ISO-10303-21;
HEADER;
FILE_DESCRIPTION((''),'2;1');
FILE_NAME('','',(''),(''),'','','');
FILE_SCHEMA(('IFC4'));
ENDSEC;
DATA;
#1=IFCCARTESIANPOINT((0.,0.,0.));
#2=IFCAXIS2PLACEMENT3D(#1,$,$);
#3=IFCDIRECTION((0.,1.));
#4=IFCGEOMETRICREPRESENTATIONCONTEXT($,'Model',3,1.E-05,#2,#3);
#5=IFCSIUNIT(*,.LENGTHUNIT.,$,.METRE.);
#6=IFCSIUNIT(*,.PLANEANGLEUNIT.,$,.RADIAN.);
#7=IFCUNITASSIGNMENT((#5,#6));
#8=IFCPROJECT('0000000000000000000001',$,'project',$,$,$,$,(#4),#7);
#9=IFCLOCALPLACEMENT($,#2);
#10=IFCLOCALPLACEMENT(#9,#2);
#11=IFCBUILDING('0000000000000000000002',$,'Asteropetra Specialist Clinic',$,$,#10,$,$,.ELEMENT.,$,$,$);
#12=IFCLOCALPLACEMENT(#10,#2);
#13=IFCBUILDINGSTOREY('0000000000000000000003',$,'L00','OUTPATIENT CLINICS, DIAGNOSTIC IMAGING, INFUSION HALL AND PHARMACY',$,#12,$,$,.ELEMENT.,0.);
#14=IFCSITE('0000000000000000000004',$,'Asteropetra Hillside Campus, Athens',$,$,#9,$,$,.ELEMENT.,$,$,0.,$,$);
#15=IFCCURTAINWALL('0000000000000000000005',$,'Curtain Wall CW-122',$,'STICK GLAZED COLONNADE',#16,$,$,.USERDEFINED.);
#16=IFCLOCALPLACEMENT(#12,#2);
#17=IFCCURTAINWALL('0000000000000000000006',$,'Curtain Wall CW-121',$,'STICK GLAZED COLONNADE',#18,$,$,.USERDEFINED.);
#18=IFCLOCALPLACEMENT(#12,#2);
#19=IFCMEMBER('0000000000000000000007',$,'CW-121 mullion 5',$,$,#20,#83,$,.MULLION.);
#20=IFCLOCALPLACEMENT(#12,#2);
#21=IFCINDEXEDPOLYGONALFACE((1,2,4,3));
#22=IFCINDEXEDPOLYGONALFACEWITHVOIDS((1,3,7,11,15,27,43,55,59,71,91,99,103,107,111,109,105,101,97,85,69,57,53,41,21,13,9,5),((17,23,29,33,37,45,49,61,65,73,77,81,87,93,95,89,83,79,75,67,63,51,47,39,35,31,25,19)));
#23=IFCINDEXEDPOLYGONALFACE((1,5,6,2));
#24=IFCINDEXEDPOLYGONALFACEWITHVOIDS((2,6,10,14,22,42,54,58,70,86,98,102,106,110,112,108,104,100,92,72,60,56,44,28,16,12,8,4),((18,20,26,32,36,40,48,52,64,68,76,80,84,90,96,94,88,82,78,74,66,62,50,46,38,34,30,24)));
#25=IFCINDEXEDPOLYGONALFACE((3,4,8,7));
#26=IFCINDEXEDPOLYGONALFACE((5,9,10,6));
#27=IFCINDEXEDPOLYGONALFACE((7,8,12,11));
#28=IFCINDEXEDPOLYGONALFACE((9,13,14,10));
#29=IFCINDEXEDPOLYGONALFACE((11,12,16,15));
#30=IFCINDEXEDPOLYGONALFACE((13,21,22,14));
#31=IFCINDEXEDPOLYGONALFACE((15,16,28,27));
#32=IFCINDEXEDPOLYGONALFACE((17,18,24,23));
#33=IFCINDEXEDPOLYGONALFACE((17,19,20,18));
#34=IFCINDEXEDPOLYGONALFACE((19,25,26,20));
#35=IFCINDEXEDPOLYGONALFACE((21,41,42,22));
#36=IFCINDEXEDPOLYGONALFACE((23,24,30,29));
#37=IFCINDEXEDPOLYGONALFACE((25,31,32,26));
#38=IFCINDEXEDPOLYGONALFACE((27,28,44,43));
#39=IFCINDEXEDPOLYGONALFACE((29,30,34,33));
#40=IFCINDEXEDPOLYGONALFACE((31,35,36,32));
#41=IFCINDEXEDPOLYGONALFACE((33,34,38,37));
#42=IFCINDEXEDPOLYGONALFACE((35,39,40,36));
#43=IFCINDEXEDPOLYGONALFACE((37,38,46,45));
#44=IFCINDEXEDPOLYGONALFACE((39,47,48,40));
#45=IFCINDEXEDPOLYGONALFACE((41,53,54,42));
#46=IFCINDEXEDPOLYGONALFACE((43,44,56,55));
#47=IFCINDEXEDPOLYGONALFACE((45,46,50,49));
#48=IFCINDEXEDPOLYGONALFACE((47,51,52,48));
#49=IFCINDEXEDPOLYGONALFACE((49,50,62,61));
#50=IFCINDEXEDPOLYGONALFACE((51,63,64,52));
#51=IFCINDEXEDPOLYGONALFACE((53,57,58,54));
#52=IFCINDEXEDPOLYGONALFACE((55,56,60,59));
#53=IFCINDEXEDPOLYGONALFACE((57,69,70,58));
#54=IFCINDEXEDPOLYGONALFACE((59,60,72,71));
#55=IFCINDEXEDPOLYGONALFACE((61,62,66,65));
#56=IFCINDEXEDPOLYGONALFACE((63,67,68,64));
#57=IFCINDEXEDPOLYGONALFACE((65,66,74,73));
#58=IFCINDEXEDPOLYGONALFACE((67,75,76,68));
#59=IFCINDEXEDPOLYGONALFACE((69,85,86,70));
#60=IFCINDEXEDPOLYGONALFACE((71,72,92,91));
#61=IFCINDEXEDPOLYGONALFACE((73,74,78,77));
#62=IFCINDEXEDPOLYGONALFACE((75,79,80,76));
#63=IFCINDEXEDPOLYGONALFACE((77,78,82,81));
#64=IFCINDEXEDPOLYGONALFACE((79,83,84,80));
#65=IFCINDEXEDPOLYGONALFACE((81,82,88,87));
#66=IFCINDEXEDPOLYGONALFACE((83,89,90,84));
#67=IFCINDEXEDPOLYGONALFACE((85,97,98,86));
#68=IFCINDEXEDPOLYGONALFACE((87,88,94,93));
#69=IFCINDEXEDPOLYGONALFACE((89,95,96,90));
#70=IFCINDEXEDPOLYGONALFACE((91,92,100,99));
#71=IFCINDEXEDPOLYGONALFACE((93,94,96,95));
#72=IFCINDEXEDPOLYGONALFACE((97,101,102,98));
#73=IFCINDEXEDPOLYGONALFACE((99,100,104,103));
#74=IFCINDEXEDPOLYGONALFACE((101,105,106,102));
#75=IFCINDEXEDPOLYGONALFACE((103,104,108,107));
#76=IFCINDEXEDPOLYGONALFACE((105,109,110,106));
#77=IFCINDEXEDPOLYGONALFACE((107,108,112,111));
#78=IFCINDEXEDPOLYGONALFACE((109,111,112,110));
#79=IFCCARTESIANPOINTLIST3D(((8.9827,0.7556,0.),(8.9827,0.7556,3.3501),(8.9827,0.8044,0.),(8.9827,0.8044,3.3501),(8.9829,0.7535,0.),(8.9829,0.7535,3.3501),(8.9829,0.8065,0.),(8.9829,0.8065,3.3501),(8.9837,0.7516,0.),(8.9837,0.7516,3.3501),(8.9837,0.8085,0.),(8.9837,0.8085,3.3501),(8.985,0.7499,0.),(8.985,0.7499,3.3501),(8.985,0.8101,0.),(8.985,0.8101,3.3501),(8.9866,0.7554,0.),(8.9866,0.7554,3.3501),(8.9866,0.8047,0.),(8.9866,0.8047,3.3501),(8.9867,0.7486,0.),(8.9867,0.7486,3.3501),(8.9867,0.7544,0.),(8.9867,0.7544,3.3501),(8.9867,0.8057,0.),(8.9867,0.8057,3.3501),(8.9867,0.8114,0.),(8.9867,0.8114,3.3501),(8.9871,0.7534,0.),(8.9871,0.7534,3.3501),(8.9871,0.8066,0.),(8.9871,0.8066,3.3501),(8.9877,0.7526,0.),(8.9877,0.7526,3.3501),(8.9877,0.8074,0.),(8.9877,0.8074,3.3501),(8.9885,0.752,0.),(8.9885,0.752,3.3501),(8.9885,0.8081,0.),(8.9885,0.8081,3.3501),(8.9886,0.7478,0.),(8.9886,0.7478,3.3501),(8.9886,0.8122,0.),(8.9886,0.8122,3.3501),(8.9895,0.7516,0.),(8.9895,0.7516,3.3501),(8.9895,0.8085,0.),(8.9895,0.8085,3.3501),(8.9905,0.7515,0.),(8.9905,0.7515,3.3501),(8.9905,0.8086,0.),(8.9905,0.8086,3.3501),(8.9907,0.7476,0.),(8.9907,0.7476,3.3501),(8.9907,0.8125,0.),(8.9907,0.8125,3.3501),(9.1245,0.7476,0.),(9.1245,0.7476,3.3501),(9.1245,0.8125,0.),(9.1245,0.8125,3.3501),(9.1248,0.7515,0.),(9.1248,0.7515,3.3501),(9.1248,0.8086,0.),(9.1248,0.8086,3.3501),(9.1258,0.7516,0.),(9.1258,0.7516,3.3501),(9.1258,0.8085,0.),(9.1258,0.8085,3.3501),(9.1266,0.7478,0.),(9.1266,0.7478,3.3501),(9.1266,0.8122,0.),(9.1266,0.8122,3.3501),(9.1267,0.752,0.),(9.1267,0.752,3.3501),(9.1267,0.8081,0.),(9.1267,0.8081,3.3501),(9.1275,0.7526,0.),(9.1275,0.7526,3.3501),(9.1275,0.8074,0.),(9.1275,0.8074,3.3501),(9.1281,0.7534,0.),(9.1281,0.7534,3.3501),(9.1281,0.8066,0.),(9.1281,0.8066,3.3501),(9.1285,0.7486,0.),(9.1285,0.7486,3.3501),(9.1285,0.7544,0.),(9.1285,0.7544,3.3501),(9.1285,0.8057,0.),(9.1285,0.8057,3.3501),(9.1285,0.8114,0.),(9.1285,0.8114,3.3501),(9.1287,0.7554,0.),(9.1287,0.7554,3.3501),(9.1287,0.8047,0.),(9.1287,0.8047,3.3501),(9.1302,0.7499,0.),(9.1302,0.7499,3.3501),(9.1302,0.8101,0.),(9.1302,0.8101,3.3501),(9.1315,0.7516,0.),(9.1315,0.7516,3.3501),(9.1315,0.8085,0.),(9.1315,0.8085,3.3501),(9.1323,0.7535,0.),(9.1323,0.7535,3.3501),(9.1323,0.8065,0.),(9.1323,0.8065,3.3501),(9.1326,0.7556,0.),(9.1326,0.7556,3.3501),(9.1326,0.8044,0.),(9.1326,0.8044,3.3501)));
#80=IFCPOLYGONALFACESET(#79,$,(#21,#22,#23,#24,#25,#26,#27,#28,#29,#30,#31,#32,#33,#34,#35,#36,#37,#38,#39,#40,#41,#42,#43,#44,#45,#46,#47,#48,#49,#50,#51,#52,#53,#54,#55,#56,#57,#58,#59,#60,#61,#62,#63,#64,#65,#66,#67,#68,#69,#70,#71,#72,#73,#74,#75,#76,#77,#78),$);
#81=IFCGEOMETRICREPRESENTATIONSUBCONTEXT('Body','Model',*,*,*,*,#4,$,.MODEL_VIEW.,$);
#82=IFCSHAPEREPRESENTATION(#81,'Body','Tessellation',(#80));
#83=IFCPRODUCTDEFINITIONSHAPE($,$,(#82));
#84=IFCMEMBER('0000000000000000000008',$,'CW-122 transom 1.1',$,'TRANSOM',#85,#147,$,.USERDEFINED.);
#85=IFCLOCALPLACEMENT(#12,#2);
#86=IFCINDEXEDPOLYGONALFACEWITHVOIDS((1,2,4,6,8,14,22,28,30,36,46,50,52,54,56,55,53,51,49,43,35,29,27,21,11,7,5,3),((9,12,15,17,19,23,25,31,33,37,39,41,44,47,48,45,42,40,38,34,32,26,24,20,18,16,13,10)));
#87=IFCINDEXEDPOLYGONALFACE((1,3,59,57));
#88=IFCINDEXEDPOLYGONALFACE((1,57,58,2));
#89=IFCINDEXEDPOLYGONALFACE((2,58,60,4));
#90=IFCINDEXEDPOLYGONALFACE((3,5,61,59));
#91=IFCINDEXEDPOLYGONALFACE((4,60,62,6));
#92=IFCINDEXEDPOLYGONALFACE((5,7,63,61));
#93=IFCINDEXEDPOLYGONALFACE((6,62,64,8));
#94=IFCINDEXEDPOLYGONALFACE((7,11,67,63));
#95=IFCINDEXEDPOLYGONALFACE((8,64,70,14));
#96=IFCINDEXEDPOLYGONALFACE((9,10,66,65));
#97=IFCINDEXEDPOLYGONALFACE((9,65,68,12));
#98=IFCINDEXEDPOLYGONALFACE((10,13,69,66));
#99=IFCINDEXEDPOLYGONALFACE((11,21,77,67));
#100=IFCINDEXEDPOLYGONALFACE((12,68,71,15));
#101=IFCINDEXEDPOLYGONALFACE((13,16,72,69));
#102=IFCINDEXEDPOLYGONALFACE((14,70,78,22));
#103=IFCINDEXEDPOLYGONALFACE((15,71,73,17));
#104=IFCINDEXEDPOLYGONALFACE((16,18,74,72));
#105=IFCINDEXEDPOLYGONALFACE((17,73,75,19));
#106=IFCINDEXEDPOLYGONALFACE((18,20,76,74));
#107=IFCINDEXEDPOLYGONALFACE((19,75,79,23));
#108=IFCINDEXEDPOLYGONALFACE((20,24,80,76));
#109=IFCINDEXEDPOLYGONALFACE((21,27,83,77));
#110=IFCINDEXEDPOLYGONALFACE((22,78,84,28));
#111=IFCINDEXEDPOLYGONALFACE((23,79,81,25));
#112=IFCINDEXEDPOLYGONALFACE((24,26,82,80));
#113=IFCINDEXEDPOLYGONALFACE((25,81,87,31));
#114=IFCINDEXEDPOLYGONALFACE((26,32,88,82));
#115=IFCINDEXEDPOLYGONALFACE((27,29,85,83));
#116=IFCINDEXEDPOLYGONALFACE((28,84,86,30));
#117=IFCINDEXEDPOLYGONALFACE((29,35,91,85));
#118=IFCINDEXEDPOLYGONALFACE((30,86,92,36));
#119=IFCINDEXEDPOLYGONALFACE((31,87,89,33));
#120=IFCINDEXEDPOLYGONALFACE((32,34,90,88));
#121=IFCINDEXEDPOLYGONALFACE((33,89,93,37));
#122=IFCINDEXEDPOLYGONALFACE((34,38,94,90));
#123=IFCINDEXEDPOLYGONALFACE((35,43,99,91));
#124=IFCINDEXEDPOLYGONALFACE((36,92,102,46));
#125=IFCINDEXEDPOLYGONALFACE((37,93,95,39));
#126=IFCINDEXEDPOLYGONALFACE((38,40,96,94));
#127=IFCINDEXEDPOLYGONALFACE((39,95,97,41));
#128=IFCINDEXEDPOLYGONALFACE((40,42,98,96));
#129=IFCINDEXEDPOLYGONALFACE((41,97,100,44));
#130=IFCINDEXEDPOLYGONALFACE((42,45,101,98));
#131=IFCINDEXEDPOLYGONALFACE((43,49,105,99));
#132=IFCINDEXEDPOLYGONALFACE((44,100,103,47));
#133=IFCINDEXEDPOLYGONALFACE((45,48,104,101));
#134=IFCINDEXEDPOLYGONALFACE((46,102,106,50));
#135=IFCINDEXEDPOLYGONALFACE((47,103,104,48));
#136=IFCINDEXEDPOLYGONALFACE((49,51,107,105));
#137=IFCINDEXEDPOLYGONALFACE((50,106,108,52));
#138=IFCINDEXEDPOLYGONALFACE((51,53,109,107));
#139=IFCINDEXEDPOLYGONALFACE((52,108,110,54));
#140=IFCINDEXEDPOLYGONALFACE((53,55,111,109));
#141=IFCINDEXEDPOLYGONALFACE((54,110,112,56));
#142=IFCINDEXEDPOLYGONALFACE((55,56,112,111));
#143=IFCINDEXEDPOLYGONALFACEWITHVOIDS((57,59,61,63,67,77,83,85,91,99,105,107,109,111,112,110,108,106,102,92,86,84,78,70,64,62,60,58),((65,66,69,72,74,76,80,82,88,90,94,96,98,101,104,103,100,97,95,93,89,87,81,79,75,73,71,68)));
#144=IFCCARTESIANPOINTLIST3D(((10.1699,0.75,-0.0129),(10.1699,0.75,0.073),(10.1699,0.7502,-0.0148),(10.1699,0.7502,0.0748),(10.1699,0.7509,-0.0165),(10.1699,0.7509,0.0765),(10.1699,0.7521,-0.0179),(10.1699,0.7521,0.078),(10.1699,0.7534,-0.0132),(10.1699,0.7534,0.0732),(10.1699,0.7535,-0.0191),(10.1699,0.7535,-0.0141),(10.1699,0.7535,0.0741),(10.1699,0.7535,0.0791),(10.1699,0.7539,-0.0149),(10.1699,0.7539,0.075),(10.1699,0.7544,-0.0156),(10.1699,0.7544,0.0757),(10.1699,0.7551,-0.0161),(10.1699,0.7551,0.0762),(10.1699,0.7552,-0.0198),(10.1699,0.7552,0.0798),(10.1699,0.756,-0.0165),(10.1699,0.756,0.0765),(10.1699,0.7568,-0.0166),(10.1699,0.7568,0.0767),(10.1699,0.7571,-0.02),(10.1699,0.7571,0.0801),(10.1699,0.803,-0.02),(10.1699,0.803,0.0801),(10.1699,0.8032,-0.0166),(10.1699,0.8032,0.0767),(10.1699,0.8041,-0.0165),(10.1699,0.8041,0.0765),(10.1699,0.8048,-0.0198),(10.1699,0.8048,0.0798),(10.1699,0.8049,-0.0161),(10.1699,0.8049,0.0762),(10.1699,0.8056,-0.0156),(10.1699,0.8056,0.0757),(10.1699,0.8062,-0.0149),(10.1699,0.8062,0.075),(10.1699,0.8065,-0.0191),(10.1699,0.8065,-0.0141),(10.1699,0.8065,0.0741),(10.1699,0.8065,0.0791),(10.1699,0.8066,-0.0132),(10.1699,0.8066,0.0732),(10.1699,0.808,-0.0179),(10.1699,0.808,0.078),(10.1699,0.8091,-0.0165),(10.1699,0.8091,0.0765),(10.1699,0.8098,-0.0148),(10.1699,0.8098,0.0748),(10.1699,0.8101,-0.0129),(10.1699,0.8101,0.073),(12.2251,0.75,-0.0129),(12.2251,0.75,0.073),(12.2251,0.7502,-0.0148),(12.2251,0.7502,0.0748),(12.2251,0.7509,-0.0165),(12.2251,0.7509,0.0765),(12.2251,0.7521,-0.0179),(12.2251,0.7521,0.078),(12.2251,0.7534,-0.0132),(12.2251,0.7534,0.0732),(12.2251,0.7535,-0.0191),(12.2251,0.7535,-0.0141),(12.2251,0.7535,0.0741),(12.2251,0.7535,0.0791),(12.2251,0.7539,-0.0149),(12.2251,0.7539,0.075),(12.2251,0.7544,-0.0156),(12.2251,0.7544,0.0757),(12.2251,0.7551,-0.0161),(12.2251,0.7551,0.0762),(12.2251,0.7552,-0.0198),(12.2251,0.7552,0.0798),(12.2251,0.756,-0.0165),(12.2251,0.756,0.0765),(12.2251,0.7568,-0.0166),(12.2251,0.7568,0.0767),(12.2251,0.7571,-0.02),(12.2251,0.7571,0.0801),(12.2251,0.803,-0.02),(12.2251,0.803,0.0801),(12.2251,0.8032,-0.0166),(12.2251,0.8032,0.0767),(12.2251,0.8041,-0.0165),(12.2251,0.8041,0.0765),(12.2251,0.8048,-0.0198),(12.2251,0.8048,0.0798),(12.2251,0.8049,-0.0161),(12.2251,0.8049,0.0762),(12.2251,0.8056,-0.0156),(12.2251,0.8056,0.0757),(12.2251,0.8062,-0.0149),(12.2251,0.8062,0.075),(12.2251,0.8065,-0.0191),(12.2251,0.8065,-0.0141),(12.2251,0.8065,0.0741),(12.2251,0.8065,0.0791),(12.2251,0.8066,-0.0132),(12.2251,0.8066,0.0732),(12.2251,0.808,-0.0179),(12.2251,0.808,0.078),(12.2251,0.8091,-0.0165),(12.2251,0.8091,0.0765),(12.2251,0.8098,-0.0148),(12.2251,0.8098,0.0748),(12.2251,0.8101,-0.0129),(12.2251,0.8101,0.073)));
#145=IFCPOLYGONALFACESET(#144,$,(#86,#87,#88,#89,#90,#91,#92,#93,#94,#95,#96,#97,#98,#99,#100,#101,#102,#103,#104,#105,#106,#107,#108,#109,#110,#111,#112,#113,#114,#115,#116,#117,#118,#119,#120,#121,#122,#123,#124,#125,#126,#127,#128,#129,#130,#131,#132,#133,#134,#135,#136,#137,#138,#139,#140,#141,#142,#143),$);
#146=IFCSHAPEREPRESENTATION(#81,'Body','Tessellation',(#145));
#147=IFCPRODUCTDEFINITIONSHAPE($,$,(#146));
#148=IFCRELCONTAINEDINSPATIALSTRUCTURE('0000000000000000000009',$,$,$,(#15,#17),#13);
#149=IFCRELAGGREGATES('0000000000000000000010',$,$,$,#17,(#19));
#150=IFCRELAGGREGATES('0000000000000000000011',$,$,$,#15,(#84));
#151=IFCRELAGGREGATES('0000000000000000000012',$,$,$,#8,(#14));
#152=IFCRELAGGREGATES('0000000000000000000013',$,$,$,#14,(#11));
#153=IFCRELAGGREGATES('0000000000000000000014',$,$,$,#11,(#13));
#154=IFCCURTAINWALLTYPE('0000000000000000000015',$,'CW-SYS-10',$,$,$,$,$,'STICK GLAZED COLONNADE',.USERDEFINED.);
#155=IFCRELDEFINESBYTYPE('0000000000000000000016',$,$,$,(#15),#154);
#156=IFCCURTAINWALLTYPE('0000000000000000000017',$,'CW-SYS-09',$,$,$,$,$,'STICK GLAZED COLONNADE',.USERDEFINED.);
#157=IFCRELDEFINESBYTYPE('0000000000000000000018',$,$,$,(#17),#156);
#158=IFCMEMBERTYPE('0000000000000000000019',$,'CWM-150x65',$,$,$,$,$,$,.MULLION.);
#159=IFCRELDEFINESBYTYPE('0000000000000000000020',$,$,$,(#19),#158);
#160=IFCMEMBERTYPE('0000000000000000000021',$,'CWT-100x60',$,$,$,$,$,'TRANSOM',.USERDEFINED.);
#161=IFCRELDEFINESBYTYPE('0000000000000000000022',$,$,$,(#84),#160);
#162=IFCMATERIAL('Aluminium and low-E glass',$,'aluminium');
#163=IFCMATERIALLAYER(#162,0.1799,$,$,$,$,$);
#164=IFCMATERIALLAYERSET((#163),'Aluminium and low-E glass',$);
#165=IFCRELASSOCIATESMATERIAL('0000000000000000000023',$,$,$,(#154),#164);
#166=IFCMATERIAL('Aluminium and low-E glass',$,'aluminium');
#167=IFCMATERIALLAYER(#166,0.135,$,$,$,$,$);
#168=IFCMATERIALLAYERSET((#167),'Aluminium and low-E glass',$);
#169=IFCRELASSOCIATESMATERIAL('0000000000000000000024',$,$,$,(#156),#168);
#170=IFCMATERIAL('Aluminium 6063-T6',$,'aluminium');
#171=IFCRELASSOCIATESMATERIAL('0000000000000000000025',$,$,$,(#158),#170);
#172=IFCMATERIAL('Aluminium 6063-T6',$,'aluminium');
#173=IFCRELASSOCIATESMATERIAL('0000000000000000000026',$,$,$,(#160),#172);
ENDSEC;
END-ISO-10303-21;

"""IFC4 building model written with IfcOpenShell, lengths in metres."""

from ifc_helpers import new_model, si_unit, direction, frame, origin, origin_2d, place, context, subcontext, project, spatial, hollow_rectangle, extrude, material, layer, layer_set, material_profile, profile_set, type_object, element, aggregate, save


model = new_model("IFC4")

# Units and contexts
model_context = context("Model", 3, precision=1e-05, world=origin(), true_north=direction((0.0, 1.0)))
body_context = subcontext(model_context, "Body", "Model", "MODEL_VIEW")
ifc_project = project(units=[si_unit("LENGTHUNIT", "METRE"), si_unit("PLANEANGLEUNIT", "RADIAN")], contexts=[model_context])

# Site, building, storey
site_placement = place(None, origin())
site = spatial("IfcSite", under=ifc_project, at=site_placement, Name="Asteropetra Hillside Campus, Athens", CompositionType="ELEMENT", RefElevation=0.0)
building_placement = place(site_placement, origin())
building = spatial("IfcBuilding", under=site, at=building_placement, Name="Asteropetra Specialist Clinic", CompositionType="ELEMENT")
storey_placement = place(building_placement, origin())
storey = spatial("IfcBuildingStorey", under=building, at=storey_placement, Name="L00", Description="OUTPATIENT CLINICS, DIAGNOSTIC IMAGING, INFUSION HALL AND PHARMACY", CompositionType="ELEMENT", Elevation=0.0)

# Curtain walls, member
ifc_material_1 = material(Name="Aluminium and low-E glass", Category="aluminium")
ifc_layer_1 = layer(ifc_material_1, 0.1799)
ifc_layer_set_1 = layer_set([ifc_layer_1], Name="Aluminium and low-E glass")
curtain_wall_type_1 = type_object("IfcCurtainWallType", Name="CW-SYS-10", ElementType="STICK GLAZED COLONNADE", PredefinedType="USERDEFINED", material=ifc_layer_set_1)
curtain_wall_1_placement = place(storey_placement, origin())
curtain_wall_1 = element("IfcCurtainWall", 1, at=curtain_wall_1_placement, inside=storey, type_object=curtain_wall_type_1, Name="Curtain Wall CW-122", ObjectType="STICK GLAZED COLONNADE", PredefinedType="USERDEFINED")
ifc_material_2 = material(Name="Aluminium and low-E glass", Category="aluminium")
ifc_layer_2 = layer(ifc_material_2, 0.135)
ifc_layer_set_2 = layer_set([ifc_layer_2], Name="Aluminium and low-E glass")
curtain_wall_type_2 = type_object("IfcCurtainWallType", Name="CW-SYS-09", ElementType="STICK GLAZED COLONNADE", PredefinedType="USERDEFINED", material=ifc_layer_set_2)
curtain_wall_2_placement = place(storey_placement, origin())
curtain_wall_2 = element("IfcCurtainWall", 2, at=curtain_wall_2_placement, inside=storey, type_object=curtain_wall_type_2, Name="Curtain Wall CW-121", ObjectType="STICK GLAZED COLONNADE", PredefinedType="USERDEFINED")
ifc_material_3 = material(Name="Aluminium 6063-T6", Category="aluminium")
ifc_material_profile_1 = material_profile(ifc_material_3, hollow_rectangle(XDim=0.0649, YDim=0.1499, WallThickness=0.0039, InnerFilletRadius=0.0039, OuterFilletRadius=0.0081, at=origin_2d()), Name="MUL 150x65x4.0")
ifc_profile_set_1 = profile_set([ifc_material_profile_1], Name="Aluminium 6063-T6")
member_type_1 = type_object("IfcMemberType", Name="CWM-150x65", PredefinedType="MULLION", material=ifc_profile_set_1)
member_1_placement = place(storey_placement, frame((9.0576, 0.78, 0.0), z_axis=(0.0, 0.0, 1.0), x_axis=(0.0, 1.0, 0.0)))
member_1 = element("IfcMember", 3, at=member_1_placement, type_object=member_type_1, Name="CW-121 mullion 5", PredefinedType="MULLION", context=body_context, shape_type="SweptSolid", body=[
    extrude(hollow_rectangle(XDim=0.0649, YDim=0.1499, WallThickness=0.0039, InnerFilletRadius=0.0039, OuterFilletRadius=0.0081, at=origin_2d()), origin(), (0.0, 0.0, 1.0), 3.3501),
])

# Member
ifc_material_4 = material(Name="Aluminium 6063-T6", Category="aluminium")
ifc_material_profile_2 = material_profile(ifc_material_4, hollow_rectangle(XDim=0.0601, YDim=0.1001, WallThickness=0.0034, InnerFilletRadius=0.0034, OuterFilletRadius=0.0071, at=origin_2d()), Name="TRN 100x60x3.5")
ifc_profile_set_2 = profile_set([ifc_material_profile_2], Name="Aluminium 6063-T6")
member_type_2 = type_object("IfcMemberType", Name="CWT-100x60", ElementType="TRANSOM", PredefinedType="USERDEFINED", material=ifc_profile_set_2)
member_2_placement = place(storey_placement, frame((10.1699, 0.78, 0.03), z_axis=(1.0, 0.0, 0.0), x_axis=(0.0, 1.0, 0.0)))
member_2 = element("IfcMember", 4, at=member_2_placement, type_object=member_type_2, Name="CW-122 transom 1.1", ObjectType="TRANSOM", PredefinedType="USERDEFINED", context=body_context, shape_type="SweptSolid", body=[
    extrude(hollow_rectangle(XDim=0.0601, YDim=0.1001, WallThickness=0.0034, InnerFilletRadius=0.0034, OuterFilletRadius=0.0071, at=origin_2d()), origin(), (0.0, 0.0, 1.0), 2.0552),
])

aggregate(curtain_wall_2, [member_1])
aggregate(curtain_wall_1, [member_2])

save(model, "model.ifc")
